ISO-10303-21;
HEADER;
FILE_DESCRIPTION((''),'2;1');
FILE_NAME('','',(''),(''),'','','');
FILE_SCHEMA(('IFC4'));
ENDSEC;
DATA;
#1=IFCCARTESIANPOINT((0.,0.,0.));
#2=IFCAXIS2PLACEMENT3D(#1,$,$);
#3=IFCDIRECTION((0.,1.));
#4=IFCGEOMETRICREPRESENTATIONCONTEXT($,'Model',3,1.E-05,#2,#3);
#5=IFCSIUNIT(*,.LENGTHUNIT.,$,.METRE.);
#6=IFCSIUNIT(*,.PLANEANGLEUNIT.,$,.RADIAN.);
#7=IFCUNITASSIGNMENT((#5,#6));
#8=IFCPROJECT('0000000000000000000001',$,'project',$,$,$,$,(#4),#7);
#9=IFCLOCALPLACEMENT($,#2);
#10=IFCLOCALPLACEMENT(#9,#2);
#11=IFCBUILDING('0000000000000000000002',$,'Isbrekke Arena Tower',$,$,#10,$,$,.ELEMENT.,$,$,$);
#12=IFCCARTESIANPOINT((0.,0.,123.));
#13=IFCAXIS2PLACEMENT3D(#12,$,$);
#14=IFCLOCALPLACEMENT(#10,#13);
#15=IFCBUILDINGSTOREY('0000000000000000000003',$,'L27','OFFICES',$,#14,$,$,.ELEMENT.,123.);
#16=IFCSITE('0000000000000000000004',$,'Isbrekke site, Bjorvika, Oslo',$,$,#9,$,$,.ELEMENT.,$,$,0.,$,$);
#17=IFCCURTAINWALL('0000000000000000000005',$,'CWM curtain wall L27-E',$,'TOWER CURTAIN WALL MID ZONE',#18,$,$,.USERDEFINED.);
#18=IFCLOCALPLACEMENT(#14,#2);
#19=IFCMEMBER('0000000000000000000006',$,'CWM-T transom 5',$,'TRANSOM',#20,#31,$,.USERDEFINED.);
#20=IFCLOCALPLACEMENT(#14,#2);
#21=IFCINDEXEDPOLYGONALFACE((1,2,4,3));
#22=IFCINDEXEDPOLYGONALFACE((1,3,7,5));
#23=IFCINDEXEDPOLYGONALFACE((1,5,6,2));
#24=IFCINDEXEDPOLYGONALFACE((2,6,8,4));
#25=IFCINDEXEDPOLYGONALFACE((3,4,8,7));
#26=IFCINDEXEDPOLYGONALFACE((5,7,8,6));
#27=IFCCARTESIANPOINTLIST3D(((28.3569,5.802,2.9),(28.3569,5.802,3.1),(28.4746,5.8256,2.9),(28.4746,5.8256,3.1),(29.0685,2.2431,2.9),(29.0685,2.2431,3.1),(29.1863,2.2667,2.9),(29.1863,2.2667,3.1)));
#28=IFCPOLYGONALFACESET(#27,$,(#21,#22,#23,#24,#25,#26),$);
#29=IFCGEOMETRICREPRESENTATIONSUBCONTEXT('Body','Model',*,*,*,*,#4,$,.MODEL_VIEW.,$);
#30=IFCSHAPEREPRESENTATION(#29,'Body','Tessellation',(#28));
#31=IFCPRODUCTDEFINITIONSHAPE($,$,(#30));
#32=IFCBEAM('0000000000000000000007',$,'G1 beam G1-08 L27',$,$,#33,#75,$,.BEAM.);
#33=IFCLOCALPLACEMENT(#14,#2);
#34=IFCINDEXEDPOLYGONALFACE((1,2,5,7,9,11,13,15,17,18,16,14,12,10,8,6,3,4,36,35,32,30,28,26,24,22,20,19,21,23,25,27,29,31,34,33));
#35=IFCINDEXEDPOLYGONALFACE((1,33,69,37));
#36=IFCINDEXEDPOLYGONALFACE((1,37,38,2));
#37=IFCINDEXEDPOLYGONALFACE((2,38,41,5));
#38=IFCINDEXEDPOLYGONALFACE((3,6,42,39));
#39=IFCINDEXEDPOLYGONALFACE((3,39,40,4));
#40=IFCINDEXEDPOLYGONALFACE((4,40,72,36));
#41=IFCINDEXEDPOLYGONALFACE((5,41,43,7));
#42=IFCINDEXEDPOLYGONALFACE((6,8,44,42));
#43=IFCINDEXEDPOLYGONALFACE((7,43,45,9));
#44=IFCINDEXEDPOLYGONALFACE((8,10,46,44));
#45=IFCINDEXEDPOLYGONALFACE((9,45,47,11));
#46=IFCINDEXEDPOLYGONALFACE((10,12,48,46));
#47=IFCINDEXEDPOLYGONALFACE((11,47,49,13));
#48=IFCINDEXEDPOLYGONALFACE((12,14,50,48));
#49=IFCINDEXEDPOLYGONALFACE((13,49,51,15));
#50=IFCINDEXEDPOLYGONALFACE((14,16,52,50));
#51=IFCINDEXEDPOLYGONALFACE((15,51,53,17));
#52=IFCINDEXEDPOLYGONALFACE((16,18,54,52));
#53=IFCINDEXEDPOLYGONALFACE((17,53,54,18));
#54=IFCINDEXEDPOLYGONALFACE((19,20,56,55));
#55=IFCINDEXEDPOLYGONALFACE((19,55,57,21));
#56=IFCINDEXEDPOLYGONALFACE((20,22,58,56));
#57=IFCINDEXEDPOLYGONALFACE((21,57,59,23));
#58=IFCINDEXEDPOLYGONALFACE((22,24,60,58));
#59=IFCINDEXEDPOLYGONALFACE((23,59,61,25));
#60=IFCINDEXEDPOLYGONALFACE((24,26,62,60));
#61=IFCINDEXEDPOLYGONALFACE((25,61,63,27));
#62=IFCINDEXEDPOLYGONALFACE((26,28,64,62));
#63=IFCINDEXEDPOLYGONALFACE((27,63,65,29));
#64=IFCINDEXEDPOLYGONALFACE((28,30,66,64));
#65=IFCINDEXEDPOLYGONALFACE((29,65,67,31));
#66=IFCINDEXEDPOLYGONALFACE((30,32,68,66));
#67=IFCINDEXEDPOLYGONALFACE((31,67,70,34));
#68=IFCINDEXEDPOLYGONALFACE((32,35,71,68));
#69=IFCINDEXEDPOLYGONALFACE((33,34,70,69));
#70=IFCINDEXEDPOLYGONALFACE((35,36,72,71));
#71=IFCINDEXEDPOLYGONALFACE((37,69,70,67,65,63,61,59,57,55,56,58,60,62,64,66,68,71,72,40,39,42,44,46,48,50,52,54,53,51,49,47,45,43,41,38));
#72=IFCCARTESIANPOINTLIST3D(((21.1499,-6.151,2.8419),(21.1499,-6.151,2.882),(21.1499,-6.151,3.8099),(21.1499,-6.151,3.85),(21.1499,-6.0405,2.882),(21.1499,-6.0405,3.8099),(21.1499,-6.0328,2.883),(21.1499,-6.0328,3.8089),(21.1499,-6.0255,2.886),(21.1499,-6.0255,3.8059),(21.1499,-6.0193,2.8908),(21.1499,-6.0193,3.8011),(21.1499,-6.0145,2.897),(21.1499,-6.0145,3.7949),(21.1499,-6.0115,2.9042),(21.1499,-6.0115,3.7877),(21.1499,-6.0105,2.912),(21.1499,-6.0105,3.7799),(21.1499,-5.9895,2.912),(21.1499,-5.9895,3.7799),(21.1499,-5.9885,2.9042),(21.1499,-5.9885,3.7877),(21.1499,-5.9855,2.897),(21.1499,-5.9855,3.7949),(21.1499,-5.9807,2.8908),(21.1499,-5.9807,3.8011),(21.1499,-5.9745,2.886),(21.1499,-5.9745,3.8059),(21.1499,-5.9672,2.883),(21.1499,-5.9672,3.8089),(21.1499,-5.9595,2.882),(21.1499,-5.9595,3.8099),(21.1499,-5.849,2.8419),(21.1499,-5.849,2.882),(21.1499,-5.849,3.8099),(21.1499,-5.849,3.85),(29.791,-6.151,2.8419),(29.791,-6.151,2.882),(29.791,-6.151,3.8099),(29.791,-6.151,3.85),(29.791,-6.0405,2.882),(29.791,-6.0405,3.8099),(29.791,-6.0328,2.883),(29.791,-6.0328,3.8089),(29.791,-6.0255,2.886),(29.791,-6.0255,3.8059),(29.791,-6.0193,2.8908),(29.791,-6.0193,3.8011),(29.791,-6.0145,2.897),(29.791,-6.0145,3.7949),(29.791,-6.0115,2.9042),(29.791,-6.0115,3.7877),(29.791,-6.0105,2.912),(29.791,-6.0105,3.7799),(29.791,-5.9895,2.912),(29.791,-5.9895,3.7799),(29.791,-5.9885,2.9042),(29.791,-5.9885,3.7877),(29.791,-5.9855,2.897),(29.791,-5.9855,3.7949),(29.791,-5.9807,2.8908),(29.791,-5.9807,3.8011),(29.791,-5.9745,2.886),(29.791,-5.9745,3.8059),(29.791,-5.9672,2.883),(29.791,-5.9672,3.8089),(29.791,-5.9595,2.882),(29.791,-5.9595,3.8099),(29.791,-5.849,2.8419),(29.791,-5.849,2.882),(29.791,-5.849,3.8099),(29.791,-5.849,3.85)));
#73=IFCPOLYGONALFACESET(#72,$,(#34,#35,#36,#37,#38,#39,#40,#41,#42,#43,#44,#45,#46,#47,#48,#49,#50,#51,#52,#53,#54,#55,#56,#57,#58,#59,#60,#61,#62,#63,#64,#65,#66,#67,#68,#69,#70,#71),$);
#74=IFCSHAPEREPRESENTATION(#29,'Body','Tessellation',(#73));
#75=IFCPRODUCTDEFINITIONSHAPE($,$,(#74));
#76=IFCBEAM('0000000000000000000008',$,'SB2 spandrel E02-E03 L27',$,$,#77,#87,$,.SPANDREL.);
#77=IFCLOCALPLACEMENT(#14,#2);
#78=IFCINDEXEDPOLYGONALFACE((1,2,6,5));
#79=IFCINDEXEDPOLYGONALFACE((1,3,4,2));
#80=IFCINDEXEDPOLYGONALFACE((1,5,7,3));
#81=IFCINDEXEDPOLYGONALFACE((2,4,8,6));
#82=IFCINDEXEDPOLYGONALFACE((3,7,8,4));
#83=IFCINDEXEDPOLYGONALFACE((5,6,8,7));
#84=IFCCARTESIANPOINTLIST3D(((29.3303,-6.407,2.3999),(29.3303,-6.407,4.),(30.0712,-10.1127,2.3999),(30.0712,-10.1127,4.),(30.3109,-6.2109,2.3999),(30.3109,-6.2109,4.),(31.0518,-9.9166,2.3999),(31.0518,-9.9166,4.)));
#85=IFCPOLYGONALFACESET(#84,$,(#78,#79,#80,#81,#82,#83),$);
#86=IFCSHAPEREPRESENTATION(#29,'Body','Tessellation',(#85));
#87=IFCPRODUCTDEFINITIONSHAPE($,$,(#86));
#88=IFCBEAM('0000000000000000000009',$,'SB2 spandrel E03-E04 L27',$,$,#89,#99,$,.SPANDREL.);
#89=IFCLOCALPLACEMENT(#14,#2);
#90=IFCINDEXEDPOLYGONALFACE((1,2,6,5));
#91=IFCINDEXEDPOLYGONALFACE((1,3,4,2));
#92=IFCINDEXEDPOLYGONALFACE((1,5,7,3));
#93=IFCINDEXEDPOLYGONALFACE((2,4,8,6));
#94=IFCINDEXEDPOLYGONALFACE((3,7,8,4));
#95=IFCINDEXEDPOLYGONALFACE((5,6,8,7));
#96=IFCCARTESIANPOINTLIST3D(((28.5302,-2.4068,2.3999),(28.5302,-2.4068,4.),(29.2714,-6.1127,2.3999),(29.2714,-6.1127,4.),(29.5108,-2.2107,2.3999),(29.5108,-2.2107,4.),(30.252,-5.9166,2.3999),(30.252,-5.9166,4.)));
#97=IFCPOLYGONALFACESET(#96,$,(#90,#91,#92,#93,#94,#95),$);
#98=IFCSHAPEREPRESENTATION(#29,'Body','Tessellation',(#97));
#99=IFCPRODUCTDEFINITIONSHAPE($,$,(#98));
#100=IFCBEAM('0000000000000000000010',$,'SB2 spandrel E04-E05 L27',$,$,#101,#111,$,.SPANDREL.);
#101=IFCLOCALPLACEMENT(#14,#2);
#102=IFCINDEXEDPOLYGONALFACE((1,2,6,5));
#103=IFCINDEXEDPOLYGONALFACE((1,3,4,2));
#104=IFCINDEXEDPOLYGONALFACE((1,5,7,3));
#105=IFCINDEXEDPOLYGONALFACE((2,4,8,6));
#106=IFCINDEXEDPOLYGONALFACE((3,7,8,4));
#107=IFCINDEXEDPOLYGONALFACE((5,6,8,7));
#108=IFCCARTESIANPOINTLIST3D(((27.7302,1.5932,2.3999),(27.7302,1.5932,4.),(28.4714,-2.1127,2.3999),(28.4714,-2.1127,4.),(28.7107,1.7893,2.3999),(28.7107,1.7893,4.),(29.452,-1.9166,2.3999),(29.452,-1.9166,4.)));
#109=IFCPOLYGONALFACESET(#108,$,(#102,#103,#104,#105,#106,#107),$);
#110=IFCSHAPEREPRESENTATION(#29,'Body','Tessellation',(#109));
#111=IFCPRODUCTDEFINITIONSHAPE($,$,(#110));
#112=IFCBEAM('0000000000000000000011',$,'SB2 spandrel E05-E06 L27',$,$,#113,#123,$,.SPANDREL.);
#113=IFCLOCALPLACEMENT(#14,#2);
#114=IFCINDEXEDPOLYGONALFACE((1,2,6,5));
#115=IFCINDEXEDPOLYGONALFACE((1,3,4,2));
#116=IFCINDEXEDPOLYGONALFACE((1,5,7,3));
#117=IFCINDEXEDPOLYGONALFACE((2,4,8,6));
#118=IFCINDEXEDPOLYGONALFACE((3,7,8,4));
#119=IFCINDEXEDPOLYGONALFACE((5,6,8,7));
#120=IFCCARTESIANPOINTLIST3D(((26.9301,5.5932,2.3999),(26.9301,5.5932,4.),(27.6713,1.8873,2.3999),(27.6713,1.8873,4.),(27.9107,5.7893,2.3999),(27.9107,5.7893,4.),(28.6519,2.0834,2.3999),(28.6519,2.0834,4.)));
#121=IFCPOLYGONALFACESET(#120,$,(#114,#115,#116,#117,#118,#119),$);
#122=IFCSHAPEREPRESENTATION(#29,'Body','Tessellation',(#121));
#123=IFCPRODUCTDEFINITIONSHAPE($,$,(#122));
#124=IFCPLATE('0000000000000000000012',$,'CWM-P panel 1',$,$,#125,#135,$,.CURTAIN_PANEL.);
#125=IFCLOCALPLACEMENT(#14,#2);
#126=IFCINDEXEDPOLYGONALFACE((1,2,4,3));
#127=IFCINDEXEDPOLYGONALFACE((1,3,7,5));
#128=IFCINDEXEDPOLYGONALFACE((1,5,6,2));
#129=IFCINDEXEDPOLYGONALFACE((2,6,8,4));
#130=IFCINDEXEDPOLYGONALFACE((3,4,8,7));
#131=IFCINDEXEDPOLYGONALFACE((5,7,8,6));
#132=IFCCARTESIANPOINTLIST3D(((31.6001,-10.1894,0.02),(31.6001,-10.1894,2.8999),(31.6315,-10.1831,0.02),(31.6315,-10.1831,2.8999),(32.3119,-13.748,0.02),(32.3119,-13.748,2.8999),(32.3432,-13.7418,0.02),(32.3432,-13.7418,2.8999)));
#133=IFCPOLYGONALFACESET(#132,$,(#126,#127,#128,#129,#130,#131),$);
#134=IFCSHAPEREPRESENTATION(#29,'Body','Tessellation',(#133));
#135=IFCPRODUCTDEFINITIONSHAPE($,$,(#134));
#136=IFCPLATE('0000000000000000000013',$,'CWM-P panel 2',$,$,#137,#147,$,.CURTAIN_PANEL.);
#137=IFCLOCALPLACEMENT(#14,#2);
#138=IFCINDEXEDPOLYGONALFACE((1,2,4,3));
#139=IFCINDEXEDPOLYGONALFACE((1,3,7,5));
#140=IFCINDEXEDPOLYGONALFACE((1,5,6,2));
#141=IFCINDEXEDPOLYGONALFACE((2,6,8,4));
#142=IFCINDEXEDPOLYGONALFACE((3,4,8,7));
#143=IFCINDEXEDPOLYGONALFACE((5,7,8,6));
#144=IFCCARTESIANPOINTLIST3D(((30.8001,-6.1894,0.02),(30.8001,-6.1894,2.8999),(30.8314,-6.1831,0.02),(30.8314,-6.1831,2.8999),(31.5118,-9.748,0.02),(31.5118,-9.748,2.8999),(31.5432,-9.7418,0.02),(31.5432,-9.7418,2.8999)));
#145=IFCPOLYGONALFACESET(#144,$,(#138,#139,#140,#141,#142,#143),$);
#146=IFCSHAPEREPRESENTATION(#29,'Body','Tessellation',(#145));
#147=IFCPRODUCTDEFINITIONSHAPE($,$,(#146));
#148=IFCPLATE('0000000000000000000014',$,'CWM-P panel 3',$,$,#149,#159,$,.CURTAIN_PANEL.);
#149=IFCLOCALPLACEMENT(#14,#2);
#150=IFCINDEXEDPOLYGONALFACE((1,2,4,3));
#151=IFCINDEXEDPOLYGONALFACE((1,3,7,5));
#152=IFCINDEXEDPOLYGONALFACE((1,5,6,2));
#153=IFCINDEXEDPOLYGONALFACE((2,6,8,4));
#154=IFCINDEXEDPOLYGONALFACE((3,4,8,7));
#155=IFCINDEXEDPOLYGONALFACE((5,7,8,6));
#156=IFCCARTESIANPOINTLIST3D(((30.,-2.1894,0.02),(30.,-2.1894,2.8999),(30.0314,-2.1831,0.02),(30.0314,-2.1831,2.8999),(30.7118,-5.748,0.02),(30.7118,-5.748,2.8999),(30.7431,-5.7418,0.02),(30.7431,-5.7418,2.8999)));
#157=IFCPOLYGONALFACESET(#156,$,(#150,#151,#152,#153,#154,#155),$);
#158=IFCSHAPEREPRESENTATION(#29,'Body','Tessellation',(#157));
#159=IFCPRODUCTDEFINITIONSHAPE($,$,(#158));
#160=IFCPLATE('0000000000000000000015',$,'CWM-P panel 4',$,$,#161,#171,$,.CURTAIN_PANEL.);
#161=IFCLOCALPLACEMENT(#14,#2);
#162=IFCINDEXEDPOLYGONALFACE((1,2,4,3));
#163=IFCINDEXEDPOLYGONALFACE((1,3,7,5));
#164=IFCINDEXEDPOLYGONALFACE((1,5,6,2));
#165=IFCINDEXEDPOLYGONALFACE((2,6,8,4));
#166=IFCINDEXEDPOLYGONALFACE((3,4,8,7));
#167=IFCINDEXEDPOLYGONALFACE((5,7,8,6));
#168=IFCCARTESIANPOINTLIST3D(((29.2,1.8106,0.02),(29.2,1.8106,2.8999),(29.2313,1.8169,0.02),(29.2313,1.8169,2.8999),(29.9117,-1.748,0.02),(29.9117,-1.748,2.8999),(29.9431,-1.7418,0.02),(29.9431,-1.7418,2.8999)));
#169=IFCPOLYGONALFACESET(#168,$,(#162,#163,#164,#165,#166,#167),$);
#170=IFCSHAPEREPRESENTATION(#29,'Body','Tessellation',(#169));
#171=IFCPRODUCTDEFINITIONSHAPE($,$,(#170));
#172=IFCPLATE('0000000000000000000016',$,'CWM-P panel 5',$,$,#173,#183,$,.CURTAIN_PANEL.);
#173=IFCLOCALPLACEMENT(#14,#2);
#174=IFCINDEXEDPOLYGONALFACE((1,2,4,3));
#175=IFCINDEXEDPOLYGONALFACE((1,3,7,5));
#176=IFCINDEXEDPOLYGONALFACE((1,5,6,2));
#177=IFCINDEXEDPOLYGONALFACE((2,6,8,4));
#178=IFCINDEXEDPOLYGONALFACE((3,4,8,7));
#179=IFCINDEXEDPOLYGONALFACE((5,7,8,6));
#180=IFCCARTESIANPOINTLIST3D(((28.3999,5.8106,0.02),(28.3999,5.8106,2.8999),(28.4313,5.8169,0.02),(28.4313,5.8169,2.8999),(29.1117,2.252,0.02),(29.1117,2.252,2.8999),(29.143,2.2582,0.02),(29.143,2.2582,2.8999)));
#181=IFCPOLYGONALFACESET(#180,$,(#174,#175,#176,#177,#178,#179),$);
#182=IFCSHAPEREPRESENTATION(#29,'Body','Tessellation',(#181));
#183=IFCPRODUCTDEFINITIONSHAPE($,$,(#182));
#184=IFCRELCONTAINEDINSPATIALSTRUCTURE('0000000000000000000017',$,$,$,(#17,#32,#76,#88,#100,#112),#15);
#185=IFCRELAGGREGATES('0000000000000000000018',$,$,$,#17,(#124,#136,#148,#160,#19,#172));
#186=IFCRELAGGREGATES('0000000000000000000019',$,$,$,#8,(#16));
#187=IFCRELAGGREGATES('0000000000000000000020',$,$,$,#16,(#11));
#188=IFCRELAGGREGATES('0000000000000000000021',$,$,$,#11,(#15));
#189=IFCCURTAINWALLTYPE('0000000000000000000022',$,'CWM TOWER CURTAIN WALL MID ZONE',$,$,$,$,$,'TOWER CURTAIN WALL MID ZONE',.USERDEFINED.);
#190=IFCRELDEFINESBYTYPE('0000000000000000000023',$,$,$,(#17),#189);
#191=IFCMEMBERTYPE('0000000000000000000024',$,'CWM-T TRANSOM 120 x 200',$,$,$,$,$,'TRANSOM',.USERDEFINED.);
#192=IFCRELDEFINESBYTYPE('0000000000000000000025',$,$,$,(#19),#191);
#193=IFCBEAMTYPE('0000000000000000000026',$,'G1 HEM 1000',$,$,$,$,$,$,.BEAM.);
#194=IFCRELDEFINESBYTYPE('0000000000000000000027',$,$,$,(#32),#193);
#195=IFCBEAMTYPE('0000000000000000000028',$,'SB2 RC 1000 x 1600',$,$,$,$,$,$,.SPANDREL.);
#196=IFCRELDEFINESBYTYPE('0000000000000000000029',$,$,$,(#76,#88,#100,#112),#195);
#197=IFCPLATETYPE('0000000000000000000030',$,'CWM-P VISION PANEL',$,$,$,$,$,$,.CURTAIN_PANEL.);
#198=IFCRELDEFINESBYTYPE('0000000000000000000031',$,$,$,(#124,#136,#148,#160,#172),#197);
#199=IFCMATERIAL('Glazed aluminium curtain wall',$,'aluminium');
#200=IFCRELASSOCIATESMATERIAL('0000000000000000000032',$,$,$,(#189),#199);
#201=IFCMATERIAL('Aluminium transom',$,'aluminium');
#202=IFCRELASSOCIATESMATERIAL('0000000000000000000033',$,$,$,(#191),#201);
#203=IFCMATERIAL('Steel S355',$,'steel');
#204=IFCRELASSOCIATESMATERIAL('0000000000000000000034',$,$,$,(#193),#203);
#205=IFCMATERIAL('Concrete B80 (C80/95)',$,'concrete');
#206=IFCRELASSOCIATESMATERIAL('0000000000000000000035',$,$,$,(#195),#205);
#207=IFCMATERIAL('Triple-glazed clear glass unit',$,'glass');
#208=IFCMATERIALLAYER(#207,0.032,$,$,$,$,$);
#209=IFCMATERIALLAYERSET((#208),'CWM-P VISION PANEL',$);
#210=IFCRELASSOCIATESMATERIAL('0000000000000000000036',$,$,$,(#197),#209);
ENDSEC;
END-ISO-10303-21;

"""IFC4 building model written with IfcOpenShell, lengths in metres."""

from ifc_helpers import new_model, si_unit, direction, frame, origin, origin_2d, place, context, subcontext, project, spatial, rectangle, i_section, extrude, material, layer, layer_set, material_profile, profile_set, type_object, element, aggregate, save


model = new_model("IFC4")

# Units and contexts
model_context = context("Model", 3, precision=1e-05, world=origin(), true_north=direction((0.0, 1.0)))
body_context = subcontext(model_context, "Body", "Model", "MODEL_VIEW")
ifc_project = project(units=[si_unit("LENGTHUNIT", "METRE"), si_unit("PLANEANGLEUNIT", "RADIAN")], contexts=[model_context])

# Site, building, storey
site_placement = place(None, origin())
site = spatial("IfcSite", under=ifc_project, at=site_placement, Name="Isbrekke site, Bjorvika, Oslo", CompositionType="ELEMENT", RefElevation=0.0)
building_placement = place(site_placement, origin())
building = spatial("IfcBuilding", under=site, at=building_placement, Name="Isbrekke Arena Tower", CompositionType="ELEMENT")
storey_placement = place(building_placement, frame((0.0, 0.0, 123.0)))
storey = spatial("IfcBuildingStorey", under=building, at=storey_placement, Name="L27", Description="OFFICES", CompositionType="ELEMENT", Elevation=123.0)

# Curtain wall, member
ifc_material_1 = material(Name="Glazed aluminium curtain wall", Category="aluminium")
curtain_wall_type = type_object("IfcCurtainWallType", Name="CWM TOWER CURTAIN WALL MID ZONE", ElementType="TOWER CURTAIN WALL MID ZONE", PredefinedType="USERDEFINED", material=ifc_material_1)
curtain_wall_placement = place(storey_placement, origin())
curtain_wall = element("IfcCurtainWall", 1, at=curtain_wall_placement, inside=storey, type_object=curtain_wall_type, Name="CWM curtain wall L27-E", ObjectType="TOWER CURTAIN WALL MID ZONE", PredefinedType="USERDEFINED")
ifc_material_2 = material(Name="Aluminium transom", Category="aluminium")
ifc_material_profile_1 = material_profile(ifc_material_2, rectangle(XDim=0.1201, YDim=0.2, at=origin_2d()), Name="TRANSOM 120X200")
ifc_profile_set_1 = profile_set([ifc_material_profile_1], Name="Aluminium transom")
member_type_1 = type_object("IfcMemberType", Name="CWM-T TRANSOM 120 x 200", ElementType="TRANSOM", PredefinedType="USERDEFINED", material=ifc_profile_set_1)
member_1_placement = place(storey_placement, frame((29.1274, 2.2549, 3.0), z_axis=(-0.19609, 0.980586, 0.0), x_axis=(-0.980586, -0.19609, 0.0)))
member_1 = element("IfcMember", 2, at=member_1_placement, type_object=member_type_1, Name="CWM-T transom 5", ObjectType="TRANSOM", PredefinedType="USERDEFINED", context=body_context, shape_type="SweptSolid", body=[
    extrude(rectangle(XDim=0.1201, YDim=0.2, at=origin_2d()), origin(), (0.0, 0.0, 1.0), 3.6294),
])

# Beams
ifc_material_3 = material(Name="Steel S355", Category="steel")
ifc_material_profile_2 = material_profile(ifc_material_3, i_section(OverallWidth=0.302, OverallDepth=1.0081, WebThickness=0.021, FlangeThickness=0.04, FilletRadius=0.03, at=origin_2d()), Name="HEM 1000")
ifc_profile_set_2 = profile_set([ifc_material_profile_2], Name="Steel S355")
beam_type_1 = type_object("IfcBeamType", Name="G1 HEM 1000", PredefinedType="BEAM", material=ifc_profile_set_2)
beam_1_placement = place(storey_placement, frame((21.1499, -6.0, 3.3459), z_axis=(1.0, 0.0, 0.0), x_axis=(0.0, 1.0, 0.0)))
element("IfcBeam", 3, at=beam_1_placement, inside=storey, type_object=beam_type_1, Name="G1 beam G1-08 L27", PredefinedType="BEAM", context=body_context, shape_type="SweptSolid", body=[
    extrude(i_section(OverallWidth=0.302, OverallDepth=1.0081, WebThickness=0.021, FlangeThickness=0.04, FilletRadius=0.03, at=origin_2d()), origin(), (0.0, 0.0, 1.0), 8.6411),
])
ifc_material_4 = material(Name="Concrete B80 (C80/95)", Category="concrete")
ifc_material_profile_3 = material_profile(ifc_material_4, rectangle(XDim=1.0, YDim=1.6001, at=origin_2d()), Name="RC 1000x1600")
ifc_profile_set_3 = profile_set([ifc_material_profile_3], Name="Concrete B80 (C80/95)")
beam_type_2 = type_object("IfcBeamType", Name="SB2 RC 1000 x 1600", PredefinedType="SPANDREL", material=ifc_profile_set_3)
beam_2_placement = place(storey_placement, frame((30.5615, -10.0146, 3.2), z_axis=(-0.196066, 0.980591, 0.0), x_axis=(-0.980591, -0.196066, 0.0)))
element("IfcBeam", 4, at=beam_2_placement, inside=storey, type_object=beam_type_2, Name="SB2 spandrel E02-E03 L27", PredefinedType="SPANDREL", context=body_context, shape_type="SweptSolid", body=[
    extrude(rectangle(XDim=1.0, YDim=1.6001, at=origin_2d()), origin(), (0.0, 0.0, 1.0), 3.7791),
])
for number, where, z_axis, x_axis, name in (
    (5, (29.7617, -6.0146, 3.2), (-0.196129, 0.980578, 0.0), (-0.980578, -0.196129, 0.0), "SB2 spandrel E03-E04 L27"),
    (6, (28.9617, -2.0146, 3.2), (-0.196129, 0.980578, 0.0), (-0.980578, -0.196129, 0.0), "SB2 spandrel E04-E05 L27"),
    (7, (28.1616, 1.9854, 3.2), (-0.196129, 0.980578, 0.0), (-0.980578, -0.196129, 0.0), "SB2 spandrel E05-E06 L27"),
):
    element("IfcBeam", number, at=place(storey_placement, frame(where, z_axis=z_axis, x_axis=x_axis)), inside=storey, type_object=beam_type_2, Name=name, PredefinedType="SPANDREL", context=body_context, shape_type="SweptSolid", body=[
        extrude(rectangle(XDim=1.0, YDim=1.6001, at=origin_2d()), origin(), (0.0, 0.0, 1.0), 3.7793),
    ])

# Plates
ifc_material_5 = material(Name="Triple-glazed clear glass unit", Category="glass")
ifc_layer_1 = layer(ifc_material_5, 0.032)
ifc_layer_set_1 = layer_set([ifc_layer_1], Name="CWM-P VISION PANEL")
plate_type = type_object("IfcPlateType", Name="CWM-P VISION PANEL", PredefinedType="CURTAIN_PANEL", material=ifc_layer_set_1)
plate_1_placement = place(storey_placement, frame((31.9717, -11.9656, 0.02), z_axis=(0.0, 0.0, 1.0), x_axis=(-0.196116, 0.980581, 0.0)))
plate_1 = element("IfcPlate", 8, at=plate_1_placement, type_object=plate_type, Name="CWM-P panel 1", PredefinedType="CURTAIN_PANEL", context=body_context, shape_type="SweptSolid", body=[
    extrude(rectangle(XDim=3.6292, YDim=0.032, at=origin_2d()), origin(), (0.0, 0.0, 1.0), 2.8799),
])
plate_2_placement = place(storey_placement, frame((31.1716, -7.9656, 0.02), z_axis=(0.0, 0.0, 1.0), x_axis=(-0.196116, 0.980581, 0.0)))
plate_2 = element("IfcPlate", 9, at=plate_2_placement, type_object=plate_type, Name="CWM-P panel 2", PredefinedType="CURTAIN_PANEL", context=body_context, shape_type="SweptSolid", body=[
    extrude(rectangle(XDim=3.6292, YDim=0.032, at=origin_2d()), origin(), (0.0, 0.0, 1.0), 2.8799),
])
plate_3_placement = place(storey_placement, frame((30.3716, -3.9656, 0.02), z_axis=(0.0, 0.0, 1.0), x_axis=(-0.196116, 0.980581, 0.0)))
plate_3 = element("IfcPlate", 10, at=plate_3_placement, type_object=plate_type, Name="CWM-P panel 3", PredefinedType="CURTAIN_PANEL", context=body_context, shape_type="SweptSolid", body=[
    extrude(rectangle(XDim=3.6292, YDim=0.032, at=origin_2d()), origin(), (0.0, 0.0, 1.0), 2.8799),
])
plate_4_placement = place(storey_placement, frame((29.5715, 0.0344, 0.02), z_axis=(0.0, 0.0, 1.0), x_axis=(-0.196116, 0.980581, 0.0)))
plate_4 = element("IfcPlate", 11, at=plate_4_placement, type_object=plate_type, Name="CWM-P panel 4", PredefinedType="CURTAIN_PANEL", context=body_context, shape_type="SweptSolid", body=[
    extrude(rectangle(XDim=3.6292, YDim=0.032, at=origin_2d()), origin(), (0.0, 0.0, 1.0), 2.8799),
])
plate_5_placement = place(storey_placement, frame((28.7715, 4.0344, 0.02), z_axis=(0.0, 0.0, 1.0), x_axis=(-0.196116, 0.980581, 0.0)))
plate_5 = element("IfcPlate", 12, at=plate_5_placement, type_object=plate_type, Name="CWM-P panel 5", PredefinedType="CURTAIN_PANEL", context=body_context, shape_type="SweptSolid", body=[
    extrude(rectangle(XDim=3.6292, YDim=0.032, at=origin_2d()), origin(), (0.0, 0.0, 1.0), 2.8799),
])
aggregate(curtain_wall, [plate_1, plate_2, plate_3, plate_4, member_1, plate_5])

save(model, "model.ifc")
